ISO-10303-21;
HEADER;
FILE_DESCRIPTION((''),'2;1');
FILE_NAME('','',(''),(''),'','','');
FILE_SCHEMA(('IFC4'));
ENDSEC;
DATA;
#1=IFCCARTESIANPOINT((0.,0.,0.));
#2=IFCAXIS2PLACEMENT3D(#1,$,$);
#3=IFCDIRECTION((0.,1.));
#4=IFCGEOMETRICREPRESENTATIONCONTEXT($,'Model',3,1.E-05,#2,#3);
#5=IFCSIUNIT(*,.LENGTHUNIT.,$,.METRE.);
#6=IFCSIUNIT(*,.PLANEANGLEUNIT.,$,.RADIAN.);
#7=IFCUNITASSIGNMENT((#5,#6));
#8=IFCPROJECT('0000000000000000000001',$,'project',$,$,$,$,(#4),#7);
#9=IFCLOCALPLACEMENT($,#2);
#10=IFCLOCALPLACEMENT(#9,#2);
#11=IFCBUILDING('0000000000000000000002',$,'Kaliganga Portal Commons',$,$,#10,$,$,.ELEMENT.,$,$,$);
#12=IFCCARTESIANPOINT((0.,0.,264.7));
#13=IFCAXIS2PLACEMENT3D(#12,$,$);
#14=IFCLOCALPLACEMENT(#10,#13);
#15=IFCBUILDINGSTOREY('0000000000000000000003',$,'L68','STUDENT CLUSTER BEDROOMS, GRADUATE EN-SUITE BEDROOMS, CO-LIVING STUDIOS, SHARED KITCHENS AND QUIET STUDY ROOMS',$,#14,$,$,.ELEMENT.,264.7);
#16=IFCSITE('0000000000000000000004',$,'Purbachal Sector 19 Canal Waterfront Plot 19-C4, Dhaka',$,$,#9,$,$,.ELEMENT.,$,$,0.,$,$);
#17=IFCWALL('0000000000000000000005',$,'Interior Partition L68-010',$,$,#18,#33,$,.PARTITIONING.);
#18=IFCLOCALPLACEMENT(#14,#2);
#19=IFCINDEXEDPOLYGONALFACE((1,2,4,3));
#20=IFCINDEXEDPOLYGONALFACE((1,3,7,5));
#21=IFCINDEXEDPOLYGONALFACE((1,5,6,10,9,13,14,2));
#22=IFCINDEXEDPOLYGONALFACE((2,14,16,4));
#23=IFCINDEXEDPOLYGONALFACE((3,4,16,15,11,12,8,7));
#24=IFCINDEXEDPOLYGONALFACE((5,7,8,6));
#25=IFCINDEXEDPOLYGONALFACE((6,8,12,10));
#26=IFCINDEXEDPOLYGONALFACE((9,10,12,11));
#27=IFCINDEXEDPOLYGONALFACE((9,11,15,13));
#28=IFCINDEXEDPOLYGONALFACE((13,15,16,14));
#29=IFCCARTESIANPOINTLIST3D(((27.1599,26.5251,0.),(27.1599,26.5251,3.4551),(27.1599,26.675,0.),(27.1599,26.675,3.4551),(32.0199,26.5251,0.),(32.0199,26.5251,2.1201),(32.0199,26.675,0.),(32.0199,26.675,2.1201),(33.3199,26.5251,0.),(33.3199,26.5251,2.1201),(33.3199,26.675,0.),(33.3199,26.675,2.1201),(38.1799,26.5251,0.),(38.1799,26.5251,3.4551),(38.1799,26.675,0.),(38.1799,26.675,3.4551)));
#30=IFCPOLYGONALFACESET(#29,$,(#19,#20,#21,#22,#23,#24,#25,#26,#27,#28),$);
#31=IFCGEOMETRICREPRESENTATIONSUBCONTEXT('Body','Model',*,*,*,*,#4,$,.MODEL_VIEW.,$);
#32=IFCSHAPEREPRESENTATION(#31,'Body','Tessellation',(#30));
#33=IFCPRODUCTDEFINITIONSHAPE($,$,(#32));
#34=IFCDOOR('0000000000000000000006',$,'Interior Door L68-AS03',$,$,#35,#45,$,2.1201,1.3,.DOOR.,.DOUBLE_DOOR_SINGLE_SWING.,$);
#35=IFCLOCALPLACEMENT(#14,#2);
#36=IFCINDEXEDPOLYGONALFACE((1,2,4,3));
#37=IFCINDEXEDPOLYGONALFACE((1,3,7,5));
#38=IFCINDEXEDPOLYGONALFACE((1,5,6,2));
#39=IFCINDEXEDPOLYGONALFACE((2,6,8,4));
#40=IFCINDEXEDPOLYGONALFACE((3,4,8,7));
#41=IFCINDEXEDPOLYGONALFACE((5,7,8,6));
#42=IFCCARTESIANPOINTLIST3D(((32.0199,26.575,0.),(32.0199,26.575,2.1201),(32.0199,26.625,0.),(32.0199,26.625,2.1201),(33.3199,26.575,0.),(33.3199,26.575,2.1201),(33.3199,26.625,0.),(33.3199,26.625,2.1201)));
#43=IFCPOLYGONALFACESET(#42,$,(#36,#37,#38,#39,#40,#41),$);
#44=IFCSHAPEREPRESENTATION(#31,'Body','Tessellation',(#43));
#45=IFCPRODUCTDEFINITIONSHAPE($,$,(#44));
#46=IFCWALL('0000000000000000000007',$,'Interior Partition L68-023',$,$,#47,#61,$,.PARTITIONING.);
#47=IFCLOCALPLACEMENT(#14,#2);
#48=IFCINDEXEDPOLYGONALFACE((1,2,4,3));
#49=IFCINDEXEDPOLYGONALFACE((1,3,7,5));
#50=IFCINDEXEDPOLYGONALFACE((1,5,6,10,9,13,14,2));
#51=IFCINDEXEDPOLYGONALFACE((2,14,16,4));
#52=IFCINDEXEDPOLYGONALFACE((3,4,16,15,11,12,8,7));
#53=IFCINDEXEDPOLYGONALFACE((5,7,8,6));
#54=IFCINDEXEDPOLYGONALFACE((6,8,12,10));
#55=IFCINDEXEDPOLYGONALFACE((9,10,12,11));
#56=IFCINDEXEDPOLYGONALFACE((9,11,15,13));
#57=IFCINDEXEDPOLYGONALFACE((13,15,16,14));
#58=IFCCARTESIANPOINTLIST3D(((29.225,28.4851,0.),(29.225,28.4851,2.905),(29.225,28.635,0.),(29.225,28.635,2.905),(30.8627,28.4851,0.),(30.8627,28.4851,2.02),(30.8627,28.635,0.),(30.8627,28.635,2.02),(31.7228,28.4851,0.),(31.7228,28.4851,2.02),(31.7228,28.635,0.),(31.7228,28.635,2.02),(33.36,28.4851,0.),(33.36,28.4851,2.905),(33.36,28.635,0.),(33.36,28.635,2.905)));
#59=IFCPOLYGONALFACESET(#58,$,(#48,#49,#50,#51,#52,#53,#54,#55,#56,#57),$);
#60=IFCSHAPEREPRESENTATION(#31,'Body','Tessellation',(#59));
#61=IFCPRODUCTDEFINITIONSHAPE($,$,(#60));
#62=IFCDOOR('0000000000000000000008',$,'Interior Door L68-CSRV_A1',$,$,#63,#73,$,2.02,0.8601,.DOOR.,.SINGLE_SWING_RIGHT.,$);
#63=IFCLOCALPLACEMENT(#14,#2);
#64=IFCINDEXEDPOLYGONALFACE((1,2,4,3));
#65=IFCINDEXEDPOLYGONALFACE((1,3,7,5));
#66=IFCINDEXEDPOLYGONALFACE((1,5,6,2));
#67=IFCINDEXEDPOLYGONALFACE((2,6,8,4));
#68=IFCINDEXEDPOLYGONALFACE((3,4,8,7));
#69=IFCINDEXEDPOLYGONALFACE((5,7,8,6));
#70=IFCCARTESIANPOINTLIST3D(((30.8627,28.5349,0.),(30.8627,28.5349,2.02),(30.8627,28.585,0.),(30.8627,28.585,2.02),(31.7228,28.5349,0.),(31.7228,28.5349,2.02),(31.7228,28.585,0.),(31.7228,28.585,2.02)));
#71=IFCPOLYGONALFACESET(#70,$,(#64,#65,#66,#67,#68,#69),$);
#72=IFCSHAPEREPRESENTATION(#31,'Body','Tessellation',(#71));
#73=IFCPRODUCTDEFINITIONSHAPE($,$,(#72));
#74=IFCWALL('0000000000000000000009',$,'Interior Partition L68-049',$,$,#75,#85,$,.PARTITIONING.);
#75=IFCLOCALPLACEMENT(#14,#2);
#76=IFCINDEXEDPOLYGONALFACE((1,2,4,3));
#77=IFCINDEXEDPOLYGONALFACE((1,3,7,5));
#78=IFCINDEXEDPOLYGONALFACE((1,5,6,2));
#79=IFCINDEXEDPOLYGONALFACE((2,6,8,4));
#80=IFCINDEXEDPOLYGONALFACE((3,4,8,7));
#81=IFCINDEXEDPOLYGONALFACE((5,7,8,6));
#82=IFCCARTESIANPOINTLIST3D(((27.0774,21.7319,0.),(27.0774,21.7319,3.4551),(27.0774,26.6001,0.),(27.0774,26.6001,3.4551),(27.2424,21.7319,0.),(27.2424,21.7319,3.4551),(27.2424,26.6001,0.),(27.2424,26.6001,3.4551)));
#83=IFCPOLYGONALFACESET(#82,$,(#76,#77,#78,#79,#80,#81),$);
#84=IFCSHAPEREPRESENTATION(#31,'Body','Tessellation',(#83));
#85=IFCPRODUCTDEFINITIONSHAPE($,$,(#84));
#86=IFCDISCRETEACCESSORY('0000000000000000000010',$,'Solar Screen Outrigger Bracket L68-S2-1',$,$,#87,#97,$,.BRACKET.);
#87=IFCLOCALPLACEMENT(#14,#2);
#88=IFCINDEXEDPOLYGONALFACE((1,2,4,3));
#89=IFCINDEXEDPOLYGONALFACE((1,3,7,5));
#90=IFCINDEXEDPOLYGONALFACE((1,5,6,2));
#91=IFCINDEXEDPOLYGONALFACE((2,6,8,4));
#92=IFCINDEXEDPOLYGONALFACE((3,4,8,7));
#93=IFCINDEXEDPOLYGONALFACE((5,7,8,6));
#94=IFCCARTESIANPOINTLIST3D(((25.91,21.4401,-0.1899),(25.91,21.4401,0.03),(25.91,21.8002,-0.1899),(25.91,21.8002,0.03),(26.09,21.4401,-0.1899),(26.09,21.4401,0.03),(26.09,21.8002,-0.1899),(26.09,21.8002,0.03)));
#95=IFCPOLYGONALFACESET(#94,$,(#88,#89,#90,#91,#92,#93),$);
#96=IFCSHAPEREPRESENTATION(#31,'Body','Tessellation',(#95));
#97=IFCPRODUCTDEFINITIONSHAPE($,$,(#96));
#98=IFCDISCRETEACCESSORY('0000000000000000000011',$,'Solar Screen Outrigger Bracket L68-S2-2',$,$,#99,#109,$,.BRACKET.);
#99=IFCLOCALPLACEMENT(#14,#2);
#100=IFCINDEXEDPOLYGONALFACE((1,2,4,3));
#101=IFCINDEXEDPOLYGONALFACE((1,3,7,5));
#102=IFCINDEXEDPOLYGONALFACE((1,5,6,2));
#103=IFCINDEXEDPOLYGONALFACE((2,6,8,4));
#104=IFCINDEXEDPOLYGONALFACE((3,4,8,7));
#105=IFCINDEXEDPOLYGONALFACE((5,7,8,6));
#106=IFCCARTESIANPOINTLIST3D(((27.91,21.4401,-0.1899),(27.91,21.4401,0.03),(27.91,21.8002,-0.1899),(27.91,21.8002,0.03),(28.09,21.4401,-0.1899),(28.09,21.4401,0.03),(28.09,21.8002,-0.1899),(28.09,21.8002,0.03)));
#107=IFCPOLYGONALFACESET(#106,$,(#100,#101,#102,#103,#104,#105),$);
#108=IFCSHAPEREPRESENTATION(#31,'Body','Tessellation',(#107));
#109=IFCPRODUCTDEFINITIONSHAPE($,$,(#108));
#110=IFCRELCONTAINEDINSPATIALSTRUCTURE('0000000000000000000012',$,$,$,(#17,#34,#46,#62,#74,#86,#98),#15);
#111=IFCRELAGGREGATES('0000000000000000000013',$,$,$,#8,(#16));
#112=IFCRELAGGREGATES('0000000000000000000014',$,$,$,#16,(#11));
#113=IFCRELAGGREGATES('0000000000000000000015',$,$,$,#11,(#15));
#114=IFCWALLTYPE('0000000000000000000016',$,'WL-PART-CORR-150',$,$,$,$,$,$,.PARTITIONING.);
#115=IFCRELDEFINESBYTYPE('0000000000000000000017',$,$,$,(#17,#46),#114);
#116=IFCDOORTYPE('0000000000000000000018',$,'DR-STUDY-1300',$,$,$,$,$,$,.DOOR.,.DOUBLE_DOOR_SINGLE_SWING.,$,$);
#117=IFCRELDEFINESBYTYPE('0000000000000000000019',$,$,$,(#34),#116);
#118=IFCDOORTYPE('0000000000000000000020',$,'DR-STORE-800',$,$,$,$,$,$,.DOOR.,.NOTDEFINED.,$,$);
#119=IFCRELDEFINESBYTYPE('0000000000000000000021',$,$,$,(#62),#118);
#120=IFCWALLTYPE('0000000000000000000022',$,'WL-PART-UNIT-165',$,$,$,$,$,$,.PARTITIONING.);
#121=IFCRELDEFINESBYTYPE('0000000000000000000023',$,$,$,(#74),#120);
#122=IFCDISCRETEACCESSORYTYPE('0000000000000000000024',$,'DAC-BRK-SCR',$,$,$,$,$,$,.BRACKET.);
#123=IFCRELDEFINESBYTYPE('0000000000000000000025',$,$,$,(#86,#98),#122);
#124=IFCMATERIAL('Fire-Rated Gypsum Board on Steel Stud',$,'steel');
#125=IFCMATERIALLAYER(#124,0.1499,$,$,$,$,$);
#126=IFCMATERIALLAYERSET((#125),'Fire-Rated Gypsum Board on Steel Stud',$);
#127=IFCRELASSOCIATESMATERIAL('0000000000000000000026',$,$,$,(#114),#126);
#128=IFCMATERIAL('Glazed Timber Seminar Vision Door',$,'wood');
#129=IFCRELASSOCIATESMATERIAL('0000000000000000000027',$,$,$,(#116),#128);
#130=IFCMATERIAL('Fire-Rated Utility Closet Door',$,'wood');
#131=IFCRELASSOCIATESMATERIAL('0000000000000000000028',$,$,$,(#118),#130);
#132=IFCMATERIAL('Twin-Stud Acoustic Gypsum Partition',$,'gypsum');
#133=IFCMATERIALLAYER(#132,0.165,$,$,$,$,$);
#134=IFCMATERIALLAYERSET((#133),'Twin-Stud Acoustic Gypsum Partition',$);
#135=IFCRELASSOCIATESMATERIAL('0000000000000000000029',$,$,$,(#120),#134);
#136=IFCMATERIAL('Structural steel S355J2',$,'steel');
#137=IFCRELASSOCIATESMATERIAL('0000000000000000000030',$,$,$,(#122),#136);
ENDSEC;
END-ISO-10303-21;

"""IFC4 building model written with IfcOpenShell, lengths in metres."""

from ifc_helpers import new_model, si_unit, direction, frame, frame_2d, origin, origin_2d, place, context, subcontext, project, spatial, rectangle, extrude, source, transform, mapped, material, layer, layer_set, type_object, element, fill, save


model = new_model("IFC4")

# Units and contexts
model_context = context("Model", 3, precision=1e-05, world=origin(), true_north=direction((0.0, 1.0)))
body_context = subcontext(model_context, "Body", "Model", "MODEL_VIEW")
ifc_project = project(units=[si_unit("LENGTHUNIT", "METRE"), si_unit("PLANEANGLEUNIT", "RADIAN")], contexts=[model_context])

# Site, building, storey
site_placement = place(None, origin())
site = spatial("IfcSite", under=ifc_project, at=site_placement, Name="Purbachal Sector 19 Canal Waterfront Plot 19-C4, Dhaka", CompositionType="ELEMENT", RefElevation=0.0)
building_placement = place(site_placement, origin())
building = spatial("IfcBuilding", under=site, at=building_placement, Name="Kaliganga Portal Commons", CompositionType="ELEMENT")
storey_placement = place(building_placement, frame((0.0, 0.0, 264.7)))
storey = spatial("IfcBuildingStorey", under=building, at=storey_placement, Name="L68", Description="STUDENT CLUSTER BEDROOMS, GRADUATE EN-SUITE BEDROOMS, CO-LIVING STUDIOS, SHARED KITCHENS AND QUIET STUDY ROOMS", CompositionType="ELEMENT", Elevation=264.7)

# Shared definitions
ifc_material_1 = material(Name="Structural steel S355J2", Category="steel")

# Walls, openings, doors
ifc_material_2 = material(Name="Fire-Rated Gypsum Board on Steel Stud", Category="steel")
ifc_layer_1 = layer(ifc_material_2, 0.1499)
ifc_layer_set_1 = layer_set([ifc_layer_1], Name="Fire-Rated Gypsum Board on Steel Stud")
wall_type_1 = type_object("IfcWallType", Name="WL-PART-CORR-150", PredefinedType="PARTITIONING", material=ifc_layer_set_1)
wall_1_placement = place(storey_placement, frame((27.1599, 26.6001, 0.0), z_axis=(0.0, 0.0, 1.0), x_axis=(1.0, 0.0, 0.0)))
wall_1 = element("IfcWall", 1, at=wall_1_placement, inside=storey, type_object=wall_type_1, Name="Interior Partition L68-010", PredefinedType="PARTITIONING", context=body_context, shape_type="SweptSolid", body=[
    extrude(rectangle(XDim=11.02, YDim=0.1499, at=frame_2d((5.51, 0.0))), origin(), (0.0, 0.0, 1.0), 3.4551),
])
opening_1_placement = place(wall_1_placement, frame((4.8601, 0.0, 0.0)))
opening_1 = element("IfcOpeningElement", 2, at=opening_1_placement, cuts=wall_1, PredefinedType="OPENING", context=body_context, shape_type="SweptSolid", body=[
    extrude(rectangle(XDim=1.3, YDim=2.1201, at=frame_2d((0.6499, 1.0601))), frame((0.0, 0.085, 0.0), z_axis=(0.0, -1.0, 0.0), x_axis=(1.0, 0.0, 0.0)), (0.0, 0.0, 1.0), 0.1699),
])
ifc_material_3 = material(Name="Glazed Timber Seminar Vision Door", Category="wood")
door_type_1 = type_object("IfcDoorType", Name="DR-STUDY-1300", OperationType="DOUBLE_DOOR_SINGLE_SWING", PredefinedType="DOOR", material=ifc_material_3)
door_1_placement = place(opening_1_placement, origin())
door_1 = element("IfcDoor", 3, at=door_1_placement, inside=storey, type_object=door_type_1, Name="Interior Door L68-AS03", OperationType="DOUBLE_DOOR_SINGLE_SWING", OverallHeight=2.1201, OverallWidth=1.3, PredefinedType="DOOR", context=body_context, shape_type="SweptSolid", body=[
    extrude(rectangle(XDim=1.3, YDim=2.1201, at=frame_2d((0.6499, 1.0601))), frame((0.0, 0.0249, 0.0), z_axis=(0.0, -1.0, 0.0), x_axis=(1.0, 0.0, 0.0)), (0.0, 0.0, 1.0), 0.05),
])
fill(opening_1, door_1)
wall_2_placement = place(storey_placement, frame((29.2251, 28.5601, 0.0), z_axis=(0.0, 0.0, 1.0), x_axis=(1.0, 0.0, 0.0)))
wall_2 = element("IfcWall", 4, at=wall_2_placement, inside=storey, type_object=wall_type_1, Name="Interior Partition L68-023", PredefinedType="PARTITIONING", context=body_context, shape_type="SweptSolid", body=[
    extrude(rectangle(XDim=4.135, YDim=0.1499, at=frame_2d((2.0674, 0.0))), origin(), (0.0, 0.0, 1.0), 2.905),
])
opening_2_placement = place(wall_2_placement, frame((1.6375, 0.0, 0.0)))
opening_2 = element("IfcOpeningElement", 5, at=opening_2_placement, cuts=wall_2, PredefinedType="OPENING", context=body_context, shape_type="SweptSolid", body=[
    extrude(rectangle(XDim=0.8601, YDim=2.02, at=frame_2d((0.4302, 1.01))), frame((0.0, 0.085, 0.0), z_axis=(0.0, -1.0, 0.0), x_axis=(1.0, 0.0, 0.0)), (0.0, 0.0, 1.0), 0.1699),
])
ifc_material_4 = material(Name="Fire-Rated Utility Closet Door", Category="wood")
door_type_2 = type_object("IfcDoorType", Name="DR-STORE-800", OperationType="NOTDEFINED", PredefinedType="DOOR", material=ifc_material_4)
door_2_placement = place(opening_2_placement, origin())
door_2 = element("IfcDoor", 6, at=door_2_placement, inside=storey, type_object=door_type_2, Name="Interior Door L68-CSRV_A1", OperationType="SINGLE_SWING_RIGHT", OverallHeight=2.02, OverallWidth=0.8601, PredefinedType="DOOR", context=body_context, shape_type="SweptSolid", body=[
    extrude(rectangle(XDim=0.8601, YDim=2.02, at=frame_2d((0.4302, 1.01))), frame((0.0, 0.0249, 0.0), z_axis=(0.0, -1.0, 0.0), x_axis=(1.0, 0.0, 0.0)), (0.0, 0.0, 1.0), 0.05),
])
fill(opening_2, door_2)

# Wall
ifc_material_5 = material(Name="Twin-Stud Acoustic Gypsum Partition", Category="gypsum")
ifc_layer_2 = layer(ifc_material_5, 0.165)
ifc_layer_set_2 = layer_set([ifc_layer_2], Name="Twin-Stud Acoustic Gypsum Partition")
wall_type_2 = type_object("IfcWallType", Name="WL-PART-UNIT-165", PredefinedType="PARTITIONING", material=ifc_layer_set_2)
wall_3_placement = place(storey_placement, frame((27.1599, 21.7319, 0.0), z_axis=(0.0, 0.0, 1.0), x_axis=(0.0, 1.0, 0.0)))
element("IfcWall", 7, at=wall_3_placement, inside=storey, type_object=wall_type_2, Name="Interior Partition L68-049", PredefinedType="PARTITIONING", context=body_context, shape_type="SweptSolid", body=[
    extrude(rectangle(XDim=4.8682, YDim=0.165, at=frame_2d((2.4341, 0.0))), origin(), (0.0, 0.0, 1.0), 3.4551),
])

# Discrete accessories
discrete_accessory_type = type_object("IfcDiscreteAccessoryType", Name="DAC-BRK-SCR", PredefinedType="BRACKET", material=ifc_material_1)
shared_shape_1 = source(origin(), body_context, "Body", "SweptSolid", [
    extrude(rectangle(XDim=0.1799, YDim=0.3601, at=origin_2d()), origin(), (0.0, 0.0, 1.0), 0.22),
])
for number, where, z_axis, x_axis, name in (
    (8, (26.0, 21.6201, -0.1899), (0.0, 0.0, 1.0), (1.0, 0.0, 0.0), "Solar Screen Outrigger Bracket L68-S2-1"),
    (9, (28.0, 21.6201, -0.1899), (0.0, 0.0, 1.0), (1.0, 0.0, 0.0), "Solar Screen Outrigger Bracket L68-S2-2"),
):
    element("IfcDiscreteAccessory", number, at=place(storey_placement, frame(where, z_axis=z_axis, x_axis=x_axis)), inside=storey, type_object=discrete_accessory_type, Name=name, PredefinedType="BRACKET", context=body_context, shape_type="MappedRepresentation", body=[
        mapped(shared_shape_1, transform((0.0, 0.0, 0.0), x_axis=(1.0, 0.0, 0.0), y_axis=(0.0, 1.0, 0.0), z_axis=(0.0, 0.0, 1.0), scale=1.0)),
    ])

save(model, "model.ifc")
